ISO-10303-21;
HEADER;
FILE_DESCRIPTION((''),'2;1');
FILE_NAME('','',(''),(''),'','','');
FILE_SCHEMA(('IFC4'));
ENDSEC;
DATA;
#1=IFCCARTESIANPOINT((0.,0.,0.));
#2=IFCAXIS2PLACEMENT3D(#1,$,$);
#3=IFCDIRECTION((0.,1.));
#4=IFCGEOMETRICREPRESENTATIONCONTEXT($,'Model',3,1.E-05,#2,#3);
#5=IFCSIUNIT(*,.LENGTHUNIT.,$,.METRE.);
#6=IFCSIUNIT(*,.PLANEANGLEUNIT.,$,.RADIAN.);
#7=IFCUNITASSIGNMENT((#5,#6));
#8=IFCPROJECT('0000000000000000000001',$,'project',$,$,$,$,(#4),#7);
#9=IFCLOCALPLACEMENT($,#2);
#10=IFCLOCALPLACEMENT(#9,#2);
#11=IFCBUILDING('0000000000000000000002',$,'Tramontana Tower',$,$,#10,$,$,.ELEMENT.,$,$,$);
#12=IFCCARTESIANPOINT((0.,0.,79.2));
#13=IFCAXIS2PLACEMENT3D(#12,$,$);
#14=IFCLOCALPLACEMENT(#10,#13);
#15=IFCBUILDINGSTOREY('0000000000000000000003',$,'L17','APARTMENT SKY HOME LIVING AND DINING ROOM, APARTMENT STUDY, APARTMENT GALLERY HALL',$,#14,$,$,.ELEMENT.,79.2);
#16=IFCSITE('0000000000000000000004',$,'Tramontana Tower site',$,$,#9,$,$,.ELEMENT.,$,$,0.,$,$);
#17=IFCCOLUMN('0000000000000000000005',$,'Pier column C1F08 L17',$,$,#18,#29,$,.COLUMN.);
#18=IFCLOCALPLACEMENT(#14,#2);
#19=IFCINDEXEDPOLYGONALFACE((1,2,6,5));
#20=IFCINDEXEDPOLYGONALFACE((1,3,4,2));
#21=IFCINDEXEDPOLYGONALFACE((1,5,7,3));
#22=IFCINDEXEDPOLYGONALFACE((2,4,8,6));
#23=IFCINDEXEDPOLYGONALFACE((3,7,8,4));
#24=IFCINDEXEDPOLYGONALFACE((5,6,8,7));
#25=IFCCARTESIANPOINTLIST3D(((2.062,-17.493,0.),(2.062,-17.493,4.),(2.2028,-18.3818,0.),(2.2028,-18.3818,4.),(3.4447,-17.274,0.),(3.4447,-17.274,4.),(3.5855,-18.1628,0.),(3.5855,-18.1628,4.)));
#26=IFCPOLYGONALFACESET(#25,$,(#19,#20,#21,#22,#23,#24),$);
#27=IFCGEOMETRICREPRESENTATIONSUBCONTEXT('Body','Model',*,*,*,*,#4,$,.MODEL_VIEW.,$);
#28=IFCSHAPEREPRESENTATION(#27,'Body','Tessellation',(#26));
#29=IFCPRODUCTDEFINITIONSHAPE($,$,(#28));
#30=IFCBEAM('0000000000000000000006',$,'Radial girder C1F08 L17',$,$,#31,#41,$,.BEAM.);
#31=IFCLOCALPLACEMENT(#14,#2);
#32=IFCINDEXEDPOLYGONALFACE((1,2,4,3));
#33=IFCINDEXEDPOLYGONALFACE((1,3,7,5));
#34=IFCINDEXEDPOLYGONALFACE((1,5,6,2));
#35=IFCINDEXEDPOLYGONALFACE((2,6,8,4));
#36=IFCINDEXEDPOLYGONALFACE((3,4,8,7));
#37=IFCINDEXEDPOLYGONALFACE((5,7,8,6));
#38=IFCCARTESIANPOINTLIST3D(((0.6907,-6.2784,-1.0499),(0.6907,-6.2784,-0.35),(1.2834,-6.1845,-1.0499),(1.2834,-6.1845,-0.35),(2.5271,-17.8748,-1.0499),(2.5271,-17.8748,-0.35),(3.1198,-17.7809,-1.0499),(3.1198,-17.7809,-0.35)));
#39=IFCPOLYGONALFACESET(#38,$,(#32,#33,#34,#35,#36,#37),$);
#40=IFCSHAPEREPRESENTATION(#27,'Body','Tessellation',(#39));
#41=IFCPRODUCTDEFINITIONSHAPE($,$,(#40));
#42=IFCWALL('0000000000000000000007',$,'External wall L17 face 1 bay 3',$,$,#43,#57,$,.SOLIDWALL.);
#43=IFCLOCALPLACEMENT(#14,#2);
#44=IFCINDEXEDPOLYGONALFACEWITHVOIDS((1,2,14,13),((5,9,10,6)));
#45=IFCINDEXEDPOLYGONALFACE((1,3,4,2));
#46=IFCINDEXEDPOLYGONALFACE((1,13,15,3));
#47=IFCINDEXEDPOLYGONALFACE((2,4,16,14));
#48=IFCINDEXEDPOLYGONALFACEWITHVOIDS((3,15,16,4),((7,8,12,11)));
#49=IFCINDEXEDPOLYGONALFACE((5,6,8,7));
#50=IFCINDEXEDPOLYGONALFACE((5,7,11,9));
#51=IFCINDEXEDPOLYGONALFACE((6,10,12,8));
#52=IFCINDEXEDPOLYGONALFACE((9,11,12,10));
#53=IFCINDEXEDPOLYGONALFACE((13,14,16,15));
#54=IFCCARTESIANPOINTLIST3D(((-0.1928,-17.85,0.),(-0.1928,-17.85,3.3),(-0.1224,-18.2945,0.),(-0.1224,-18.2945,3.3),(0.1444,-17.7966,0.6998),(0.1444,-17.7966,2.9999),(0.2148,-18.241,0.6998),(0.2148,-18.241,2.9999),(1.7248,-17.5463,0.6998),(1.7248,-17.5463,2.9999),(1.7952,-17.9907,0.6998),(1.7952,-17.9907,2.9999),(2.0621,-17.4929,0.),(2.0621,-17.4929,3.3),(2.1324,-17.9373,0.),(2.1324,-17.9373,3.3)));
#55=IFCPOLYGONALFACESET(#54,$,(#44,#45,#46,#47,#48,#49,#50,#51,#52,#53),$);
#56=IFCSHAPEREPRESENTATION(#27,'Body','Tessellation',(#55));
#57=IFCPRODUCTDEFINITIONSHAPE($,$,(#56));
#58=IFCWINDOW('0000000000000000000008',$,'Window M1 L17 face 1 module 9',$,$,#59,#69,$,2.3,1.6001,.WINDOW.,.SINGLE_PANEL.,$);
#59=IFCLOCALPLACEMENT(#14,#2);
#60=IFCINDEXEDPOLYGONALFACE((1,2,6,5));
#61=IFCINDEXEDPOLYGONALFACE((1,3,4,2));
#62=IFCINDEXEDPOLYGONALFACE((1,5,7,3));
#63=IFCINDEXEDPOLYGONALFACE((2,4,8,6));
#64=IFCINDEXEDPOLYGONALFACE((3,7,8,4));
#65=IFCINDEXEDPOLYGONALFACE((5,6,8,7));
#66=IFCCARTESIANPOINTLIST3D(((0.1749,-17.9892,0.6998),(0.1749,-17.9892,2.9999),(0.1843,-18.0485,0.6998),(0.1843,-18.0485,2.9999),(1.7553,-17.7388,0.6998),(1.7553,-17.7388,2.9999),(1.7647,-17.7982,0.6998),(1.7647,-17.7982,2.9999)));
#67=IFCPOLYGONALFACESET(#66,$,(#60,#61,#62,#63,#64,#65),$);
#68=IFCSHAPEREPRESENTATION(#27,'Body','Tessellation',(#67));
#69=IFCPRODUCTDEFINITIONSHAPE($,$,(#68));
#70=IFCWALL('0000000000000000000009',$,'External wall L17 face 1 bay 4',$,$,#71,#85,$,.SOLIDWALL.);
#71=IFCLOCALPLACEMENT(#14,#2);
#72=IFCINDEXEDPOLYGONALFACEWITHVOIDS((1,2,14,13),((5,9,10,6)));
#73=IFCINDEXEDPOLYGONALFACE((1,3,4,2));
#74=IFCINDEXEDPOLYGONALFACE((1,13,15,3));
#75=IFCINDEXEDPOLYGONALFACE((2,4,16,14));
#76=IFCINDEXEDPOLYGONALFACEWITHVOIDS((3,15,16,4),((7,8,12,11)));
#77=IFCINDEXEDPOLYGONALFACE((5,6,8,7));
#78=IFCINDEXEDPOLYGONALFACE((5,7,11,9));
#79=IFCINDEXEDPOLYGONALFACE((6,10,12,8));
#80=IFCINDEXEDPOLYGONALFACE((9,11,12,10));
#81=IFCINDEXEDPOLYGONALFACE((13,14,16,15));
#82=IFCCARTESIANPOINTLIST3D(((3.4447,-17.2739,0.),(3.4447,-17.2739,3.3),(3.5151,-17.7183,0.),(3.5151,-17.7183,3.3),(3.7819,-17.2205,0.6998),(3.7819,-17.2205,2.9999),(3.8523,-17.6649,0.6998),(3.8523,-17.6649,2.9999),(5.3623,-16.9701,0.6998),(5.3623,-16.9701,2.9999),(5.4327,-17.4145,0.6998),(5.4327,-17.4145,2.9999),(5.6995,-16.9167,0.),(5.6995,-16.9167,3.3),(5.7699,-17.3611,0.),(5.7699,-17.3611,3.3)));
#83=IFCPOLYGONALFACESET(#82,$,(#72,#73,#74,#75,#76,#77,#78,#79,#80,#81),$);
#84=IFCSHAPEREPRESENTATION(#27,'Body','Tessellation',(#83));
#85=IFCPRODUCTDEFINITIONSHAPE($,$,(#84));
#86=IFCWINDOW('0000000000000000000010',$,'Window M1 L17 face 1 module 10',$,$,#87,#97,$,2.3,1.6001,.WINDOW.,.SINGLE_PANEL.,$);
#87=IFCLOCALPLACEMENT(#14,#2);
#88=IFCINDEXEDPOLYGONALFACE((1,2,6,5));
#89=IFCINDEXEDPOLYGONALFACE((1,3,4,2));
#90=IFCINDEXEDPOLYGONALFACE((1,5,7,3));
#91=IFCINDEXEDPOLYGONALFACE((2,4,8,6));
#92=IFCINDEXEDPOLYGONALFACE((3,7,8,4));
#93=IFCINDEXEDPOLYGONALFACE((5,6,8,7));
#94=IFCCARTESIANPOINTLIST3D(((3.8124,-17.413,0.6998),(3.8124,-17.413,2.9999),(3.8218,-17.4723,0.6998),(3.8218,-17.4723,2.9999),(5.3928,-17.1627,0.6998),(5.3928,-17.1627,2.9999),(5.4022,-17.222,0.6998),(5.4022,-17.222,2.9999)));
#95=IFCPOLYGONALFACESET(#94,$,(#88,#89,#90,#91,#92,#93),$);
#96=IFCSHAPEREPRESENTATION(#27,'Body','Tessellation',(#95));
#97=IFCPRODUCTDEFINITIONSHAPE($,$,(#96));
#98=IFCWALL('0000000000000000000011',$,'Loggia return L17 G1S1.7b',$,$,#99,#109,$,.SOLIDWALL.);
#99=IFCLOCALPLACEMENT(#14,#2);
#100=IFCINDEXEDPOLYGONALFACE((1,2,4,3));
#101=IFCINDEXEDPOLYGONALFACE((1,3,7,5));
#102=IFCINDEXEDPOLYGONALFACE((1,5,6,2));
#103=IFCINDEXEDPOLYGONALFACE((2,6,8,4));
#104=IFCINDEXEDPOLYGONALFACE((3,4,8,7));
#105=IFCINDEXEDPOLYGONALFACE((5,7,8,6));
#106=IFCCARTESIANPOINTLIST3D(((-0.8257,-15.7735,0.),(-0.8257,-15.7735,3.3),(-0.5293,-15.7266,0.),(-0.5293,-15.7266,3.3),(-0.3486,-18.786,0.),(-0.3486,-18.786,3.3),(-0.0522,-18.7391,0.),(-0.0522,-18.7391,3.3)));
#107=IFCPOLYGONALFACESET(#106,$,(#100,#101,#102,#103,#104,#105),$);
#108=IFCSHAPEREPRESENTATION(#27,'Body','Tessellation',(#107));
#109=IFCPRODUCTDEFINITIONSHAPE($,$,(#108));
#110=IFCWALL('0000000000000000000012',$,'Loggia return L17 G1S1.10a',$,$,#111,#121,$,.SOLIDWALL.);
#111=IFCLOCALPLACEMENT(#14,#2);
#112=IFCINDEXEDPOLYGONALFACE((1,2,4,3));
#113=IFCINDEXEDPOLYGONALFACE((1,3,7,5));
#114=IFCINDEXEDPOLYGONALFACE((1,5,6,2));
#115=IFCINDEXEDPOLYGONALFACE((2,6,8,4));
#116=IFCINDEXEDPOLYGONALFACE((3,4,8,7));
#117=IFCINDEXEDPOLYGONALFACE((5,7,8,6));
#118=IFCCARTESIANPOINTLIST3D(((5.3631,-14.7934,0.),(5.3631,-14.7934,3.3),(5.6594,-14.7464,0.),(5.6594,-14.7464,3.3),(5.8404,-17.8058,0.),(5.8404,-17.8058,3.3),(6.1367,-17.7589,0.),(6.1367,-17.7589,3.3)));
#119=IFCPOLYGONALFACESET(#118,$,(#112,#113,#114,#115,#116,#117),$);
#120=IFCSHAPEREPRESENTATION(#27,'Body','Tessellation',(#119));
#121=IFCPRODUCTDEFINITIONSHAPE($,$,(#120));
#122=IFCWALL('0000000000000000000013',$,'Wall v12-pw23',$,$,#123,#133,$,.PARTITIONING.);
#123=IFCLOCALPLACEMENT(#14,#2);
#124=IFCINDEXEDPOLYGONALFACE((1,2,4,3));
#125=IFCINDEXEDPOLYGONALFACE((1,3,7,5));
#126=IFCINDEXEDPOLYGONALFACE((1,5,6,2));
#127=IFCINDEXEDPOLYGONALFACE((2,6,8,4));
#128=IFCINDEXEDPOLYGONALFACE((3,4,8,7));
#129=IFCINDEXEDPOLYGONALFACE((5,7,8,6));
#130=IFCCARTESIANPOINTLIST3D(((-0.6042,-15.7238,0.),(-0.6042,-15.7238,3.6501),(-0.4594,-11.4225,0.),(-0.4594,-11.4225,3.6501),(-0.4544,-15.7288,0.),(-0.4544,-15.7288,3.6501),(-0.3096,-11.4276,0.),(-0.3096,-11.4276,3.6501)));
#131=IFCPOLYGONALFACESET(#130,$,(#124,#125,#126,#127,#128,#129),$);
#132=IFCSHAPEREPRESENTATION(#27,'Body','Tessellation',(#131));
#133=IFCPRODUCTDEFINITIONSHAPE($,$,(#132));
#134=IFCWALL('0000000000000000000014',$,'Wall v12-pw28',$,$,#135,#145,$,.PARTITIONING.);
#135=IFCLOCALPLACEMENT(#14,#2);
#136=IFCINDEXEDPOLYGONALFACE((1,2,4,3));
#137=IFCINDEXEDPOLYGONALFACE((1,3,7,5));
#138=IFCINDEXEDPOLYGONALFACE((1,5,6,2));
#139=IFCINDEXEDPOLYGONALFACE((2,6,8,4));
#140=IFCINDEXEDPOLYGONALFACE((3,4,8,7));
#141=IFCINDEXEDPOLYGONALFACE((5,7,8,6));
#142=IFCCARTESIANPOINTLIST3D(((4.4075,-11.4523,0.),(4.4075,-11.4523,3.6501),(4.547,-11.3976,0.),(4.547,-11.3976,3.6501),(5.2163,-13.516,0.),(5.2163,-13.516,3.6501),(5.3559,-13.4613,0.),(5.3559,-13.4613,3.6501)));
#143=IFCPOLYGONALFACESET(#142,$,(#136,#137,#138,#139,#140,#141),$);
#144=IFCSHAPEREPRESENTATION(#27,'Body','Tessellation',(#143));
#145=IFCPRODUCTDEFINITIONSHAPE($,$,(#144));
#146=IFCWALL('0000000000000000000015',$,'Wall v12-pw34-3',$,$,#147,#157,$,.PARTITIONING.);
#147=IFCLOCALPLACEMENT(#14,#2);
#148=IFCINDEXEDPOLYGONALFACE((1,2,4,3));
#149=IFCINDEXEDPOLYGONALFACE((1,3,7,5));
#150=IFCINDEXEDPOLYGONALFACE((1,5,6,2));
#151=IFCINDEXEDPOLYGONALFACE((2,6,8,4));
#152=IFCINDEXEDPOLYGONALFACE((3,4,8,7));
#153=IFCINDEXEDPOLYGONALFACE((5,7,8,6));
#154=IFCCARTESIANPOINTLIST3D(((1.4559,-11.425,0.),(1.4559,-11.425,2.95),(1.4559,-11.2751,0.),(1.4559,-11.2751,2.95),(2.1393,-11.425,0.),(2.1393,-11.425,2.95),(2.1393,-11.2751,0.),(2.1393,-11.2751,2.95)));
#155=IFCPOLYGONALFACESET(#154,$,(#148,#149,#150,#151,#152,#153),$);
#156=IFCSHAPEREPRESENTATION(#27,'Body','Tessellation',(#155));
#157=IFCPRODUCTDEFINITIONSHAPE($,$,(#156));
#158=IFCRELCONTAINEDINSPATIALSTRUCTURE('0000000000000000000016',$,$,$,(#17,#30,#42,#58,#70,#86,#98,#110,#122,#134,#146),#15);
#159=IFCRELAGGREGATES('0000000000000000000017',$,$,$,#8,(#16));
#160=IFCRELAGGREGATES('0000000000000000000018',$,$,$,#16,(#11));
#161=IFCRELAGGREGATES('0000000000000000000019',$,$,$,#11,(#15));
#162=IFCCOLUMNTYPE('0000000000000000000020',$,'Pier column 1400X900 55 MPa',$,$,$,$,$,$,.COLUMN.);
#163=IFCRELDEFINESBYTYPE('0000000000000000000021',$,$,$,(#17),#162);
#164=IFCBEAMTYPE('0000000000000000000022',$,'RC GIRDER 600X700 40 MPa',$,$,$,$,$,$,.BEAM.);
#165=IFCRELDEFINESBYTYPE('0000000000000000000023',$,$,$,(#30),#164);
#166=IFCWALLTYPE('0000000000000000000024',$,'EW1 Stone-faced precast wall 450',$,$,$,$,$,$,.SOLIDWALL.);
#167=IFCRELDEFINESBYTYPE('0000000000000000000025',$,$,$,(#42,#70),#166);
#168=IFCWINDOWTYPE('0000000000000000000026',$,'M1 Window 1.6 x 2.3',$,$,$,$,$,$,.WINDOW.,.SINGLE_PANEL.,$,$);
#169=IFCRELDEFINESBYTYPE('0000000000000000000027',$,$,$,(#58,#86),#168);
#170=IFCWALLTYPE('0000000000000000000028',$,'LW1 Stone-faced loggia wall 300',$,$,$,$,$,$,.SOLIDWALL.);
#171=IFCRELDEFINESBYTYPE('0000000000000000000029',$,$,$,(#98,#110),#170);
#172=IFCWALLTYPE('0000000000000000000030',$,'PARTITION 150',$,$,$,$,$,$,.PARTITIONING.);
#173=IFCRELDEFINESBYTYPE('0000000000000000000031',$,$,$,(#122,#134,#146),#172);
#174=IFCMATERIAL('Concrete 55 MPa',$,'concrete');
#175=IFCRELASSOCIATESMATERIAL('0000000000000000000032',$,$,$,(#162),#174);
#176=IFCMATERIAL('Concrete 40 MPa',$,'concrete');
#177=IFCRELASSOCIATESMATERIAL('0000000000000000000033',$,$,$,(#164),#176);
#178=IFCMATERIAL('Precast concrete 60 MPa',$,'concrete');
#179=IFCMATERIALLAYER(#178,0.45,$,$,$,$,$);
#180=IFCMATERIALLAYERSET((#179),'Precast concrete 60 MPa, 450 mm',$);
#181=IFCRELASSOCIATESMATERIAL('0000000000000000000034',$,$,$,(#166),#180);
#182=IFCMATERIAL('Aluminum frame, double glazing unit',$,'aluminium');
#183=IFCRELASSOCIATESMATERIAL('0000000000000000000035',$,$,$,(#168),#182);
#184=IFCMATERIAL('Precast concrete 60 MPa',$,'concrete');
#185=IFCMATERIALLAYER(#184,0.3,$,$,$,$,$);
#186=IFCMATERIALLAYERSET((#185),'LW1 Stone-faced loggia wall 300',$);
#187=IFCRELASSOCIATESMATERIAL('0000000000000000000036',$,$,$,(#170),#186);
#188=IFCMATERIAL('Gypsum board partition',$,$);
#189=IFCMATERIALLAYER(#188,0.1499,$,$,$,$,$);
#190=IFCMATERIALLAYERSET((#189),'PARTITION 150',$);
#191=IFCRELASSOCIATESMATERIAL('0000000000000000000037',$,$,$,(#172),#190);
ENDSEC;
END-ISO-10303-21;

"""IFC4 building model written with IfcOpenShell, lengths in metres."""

from ifc_helpers import new_model, si_unit, direction, frame, frame_2d, origin, origin_2d, place, context, subcontext, project, spatial, rectangle, extrude, material, layer, layer_set, material_profile, profile_set, type_object, element, fill, save


model = new_model("IFC4")

# Units and contexts
model_context = context("Model", 3, precision=1e-05, world=origin(), true_north=direction((0.0, 1.0)))
body_context = subcontext(model_context, "Body", "Model", "MODEL_VIEW")
ifc_project = project(units=[si_unit("LENGTHUNIT", "METRE"), si_unit("PLANEANGLEUNIT", "RADIAN")], contexts=[model_context])

# Site, building, storey
site_placement = place(None, origin())
site = spatial("IfcSite", under=ifc_project, at=site_placement, Name="Tramontana Tower site", CompositionType="ELEMENT", RefElevation=0.0)
building_placement = place(site_placement, origin())
building = spatial("IfcBuilding", under=site, at=building_placement, Name="Tramontana Tower", CompositionType="ELEMENT")
storey_placement = place(building_placement, frame((0.0, 0.0, 79.2)))
storey = spatial("IfcBuildingStorey", under=building, at=storey_placement, Name="L17", Description="APARTMENT SKY HOME LIVING AND DINING ROOM, APARTMENT STUDY, APARTMENT GALLERY HALL", CompositionType="ELEMENT", Elevation=79.2)

# Column
ifc_material_1 = material(Name="Concrete 55 MPa", Category="concrete")
ifc_material_profile_1 = material_profile(ifc_material_1, rectangle(XDim=1.3999, YDim=0.8999, at=origin_2d()), Name="Pier column 1400X900 55 MPa")
ifc_profile_set_1 = profile_set([ifc_material_profile_1], Name="Concrete 55 MPa")
column_type = type_object("IfcColumnType", Name="Pier column 1400X900 55 MPa", PredefinedType="COLUMN", material=ifc_profile_set_1)
column_placement = place(storey_placement, frame((2.8237, -17.8279, 0.0), z_axis=(0.0, 0.0, 1.0), x_axis=(0.987688, 0.156434, 0.0)))
element("IfcColumn", 1, at=column_placement, inside=storey, type_object=column_type, Name="Pier column C1F08 L17", PredefinedType="COLUMN", context=body_context, shape_type="SweptSolid", body=[
    extrude(rectangle(XDim=1.3999, YDim=0.8999, at=origin_2d()), origin(), (0.0, 0.0, 1.0), 4.0),
])

# Beam
ifc_material_2 = material(Name="Concrete 40 MPa", Category="concrete")
ifc_material_profile_2 = material_profile(ifc_material_2, rectangle(XDim=0.6001, YDim=0.7, at=origin_2d()), Name="RC GIRDER 600X700 40 MPa")
ifc_profile_set_2 = profile_set([ifc_material_profile_2], Name="Concrete 40 MPa")
beam_type = type_object("IfcBeamType", Name="RC GIRDER 600X700 40 MPa", PredefinedType="BEAM", material=ifc_profile_set_2)
beam_placement = place(storey_placement, frame((2.8235, -17.8279, -0.7), z_axis=(-0.156412, 0.987692, 0.0), x_axis=(-0.987692, -0.156412, 0.0)))
element("IfcBeam", 2, at=beam_placement, inside=storey, type_object=beam_type, Name="Radial girder C1F08 L17", PredefinedType="BEAM", context=body_context, shape_type="SweptSolid", body=[
    extrude(rectangle(XDim=0.6001, YDim=0.7, at=origin_2d()), origin(), (0.0, 0.0, 1.0), 11.741),
])

# Walls, openings, windows
ifc_material_3 = material(Name="Precast concrete 60 MPa", Category="concrete")
ifc_layer_1 = layer(ifc_material_3, 0.45)
ifc_layer_set_1 = layer_set([ifc_layer_1], Name="Precast concrete 60 MPa, 450 mm")
wall_type_1 = type_object("IfcWallType", Name="EW1 Stone-faced precast wall 450", PredefinedType="SOLIDWALL", material=ifc_layer_set_1)
wall_1_placement = place(storey_placement, frame((-0.1577, -18.0723, 0.0), z_axis=(0.0, 0.0, 1.0), x_axis=(0.987686, 0.156451, 0.0)))
wall_1 = element("IfcWall", 3, at=wall_1_placement, inside=storey, type_object=wall_type_1, Name="External wall L17 face 1 bay 3", PredefinedType="SOLIDWALL", context=body_context, shape_type="SweptSolid", body=[
    extrude(rectangle(XDim=2.283, YDim=0.45, at=frame_2d((1.1416, 0.0))), origin(), (0.0, 0.0, 1.0), 3.3),
])
opening_1_placement = place(wall_1_placement, frame((0.3416, 0.0, 0.7)))
opening_1 = element("IfcOpeningElement", 4, at=opening_1_placement, cuts=wall_1, PredefinedType="OPENING", context=body_context, shape_type="SweptSolid", body=[
    extrude(rectangle(XDim=1.6001, YDim=2.3, at=frame_2d((0.8, 1.1499))), frame((0.0, 0.2349, 0.0), z_axis=(0.0, -1.0, 0.0), x_axis=(1.0, 0.0, 0.0)), (0.0, 0.0, 1.0), 0.47),
])
ifc_material_4 = material(Name="Aluminum frame, double glazing unit", Category="aluminium")
window_type = type_object("IfcWindowType", Name="M1 Window 1.6 x 2.3", PartitioningType="SINGLE_PANEL", PredefinedType="WINDOW", material=ifc_material_4)
window_1_placement = place(opening_1_placement, origin())
window_1 = element("IfcWindow", 5, at=window_1_placement, inside=storey, type_object=window_type, Name="Window M1 L17 face 1 module 9", OverallHeight=2.3, OverallWidth=1.6001, PartitioningType="SINGLE_PANEL", PredefinedType="WINDOW", context=body_context, shape_type="SweptSolid", body=[
    extrude(rectangle(XDim=1.6001, YDim=2.3, at=frame_2d((0.8, 1.1499))), frame((0.0, 0.03, 0.0), z_axis=(0.0, -1.0, 0.0), x_axis=(1.0, 0.0, 0.0)), (0.0, 0.0, 1.0), 0.0601),
])
fill(opening_1, window_1)
wall_2_placement = place(storey_placement, frame((3.4797, -17.4961, 0.0), z_axis=(0.0, 0.0, 1.0), x_axis=(0.987686, 0.156451, 0.0)))
wall_2 = element("IfcWall", 6, at=wall_2_placement, inside=storey, type_object=wall_type_1, Name="External wall L17 face 1 bay 4", PredefinedType="SOLIDWALL", context=body_context, shape_type="SweptSolid", body=[
    extrude(rectangle(XDim=2.283, YDim=0.45, at=frame_2d((1.1416, 0.0))), origin(), (0.0, 0.0, 1.0), 3.3),
])
opening_2_placement = place(wall_2_placement, frame((0.3416, 0.0, 0.7)))
opening_2 = element("IfcOpeningElement", 7, at=opening_2_placement, cuts=wall_2, PredefinedType="OPENING", context=body_context, shape_type="SweptSolid", body=[
    extrude(rectangle(XDim=1.6001, YDim=2.3, at=frame_2d((0.8, 1.1499))), frame((0.0, 0.2349, 0.0), z_axis=(0.0, -1.0, 0.0), x_axis=(1.0, 0.0, 0.0)), (0.0, 0.0, 1.0), 0.47),
])
window_2_placement = place(opening_2_placement, origin())
window_2 = element("IfcWindow", 8, at=window_2_placement, inside=storey, type_object=window_type, Name="Window M1 L17 face 1 module 10", OverallHeight=2.3, OverallWidth=1.6001, PartitioningType="SINGLE_PANEL", PredefinedType="WINDOW", context=body_context, shape_type="SweptSolid", body=[
    extrude(rectangle(XDim=1.6001, YDim=2.3, at=frame_2d((0.8, 1.1499))), frame((0.0, 0.03, 0.0), z_axis=(0.0, -1.0, 0.0), x_axis=(1.0, 0.0, 0.0)), (0.0, 0.0, 1.0), 0.0601),
])
fill(opening_2, window_2)

# Wall
ifc_material_5 = material(Name="Precast concrete 60 MPa", Category="concrete")
ifc_layer_2 = layer(ifc_material_5, 0.3)
ifc_layer_set_2 = layer_set([ifc_layer_2], Name="LW1 Stone-faced loggia wall 300")
wall_type_2 = type_object("IfcWallType", Name="LW1 Stone-faced loggia wall 300", PredefinedType="SOLIDWALL", material=ifc_layer_set_2)
wall_3_placement = place(storey_placement, frame((-0.2004, -18.7625, 0.0), z_axis=(0.0, 0.0, 1.0), x_axis=(-0.156411, 0.987692, 0.0)))
element("IfcWall", 9, at=wall_3_placement, inside=storey, type_object=wall_type_2, Name="Loggia return L17 G1S1.7b", PredefinedType="SOLIDWALL", context=body_context, shape_type="SweptSolid", body=[
    extrude(rectangle(XDim=3.05, YDim=0.3, at=frame_2d((1.5249, 0.0))), origin(), (0.0, 0.0, 1.0), 3.3),
])

# Walls
wall_4_placement = place(storey_placement, frame((5.9885, -17.7822, 0.0), z_axis=(0.0, 0.0, 1.0), x_axis=(-0.156489, 0.98768, 0.0)))
element("IfcWall", 10, at=wall_4_placement, inside=storey, type_object=wall_type_2, Name="Loggia return L17 G1S1.10a", PredefinedType="SOLIDWALL", context=body_context, shape_type="SweptSolid", body=[
    extrude(rectangle(XDim=3.05, YDim=0.3, at=frame_2d((1.5249, 0.0))), origin(), (0.0, 0.0, 1.0), 3.3),
])
ifc_material_6 = material(Name="Gypsum board partition")
ifc_layer_3 = layer(ifc_material_6, 0.1499)
ifc_layer_set_3 = layer_set([ifc_layer_3], Name="PARTITION 150")
wall_type_3 = type_object("IfcWallType", Name="PARTITION 150", PredefinedType="PARTITIONING", material=ifc_layer_set_3)
wall_5_placement = place(storey_placement, frame((-0.3845, -11.425, 0.0), z_axis=(0.0, 0.0, 1.0), x_axis=(-0.03364, -0.999434, 0.0)))
element("IfcWall", 11, at=wall_5_placement, inside=storey, type_object=wall_type_3, Name="Wall v12-pw23", PredefinedType="PARTITIONING", context=body_context, shape_type="SweptSolid", body=[
    extrude(rectangle(XDim=4.3037, YDim=0.1499, at=frame_2d((2.1519, 0.0))), origin(), (0.0, 0.0, 1.0), 3.6501),
])
wall_6_placement = place(storey_placement, frame((5.2861, -13.4888, 0.0), z_axis=(0.0, 0.0, 1.0), x_axis=(-0.364906, 0.931044, 0.0)))
element("IfcWall", 12, at=wall_6_placement, inside=storey, type_object=wall_type_3, Name="Wall v12-pw28", PredefinedType="PARTITIONING", context=body_context, shape_type="SweptSolid", body=[
    extrude(rectangle(XDim=2.2166, YDim=0.1499, at=frame_2d((1.1084, 0.0))), origin(), (0.0, 0.0, 1.0), 3.6501),
])

# Wall
wall_7_placement = place(storey_placement, frame((2.1394, -11.3501, 0.0), z_axis=(0.0, 0.0, 1.0), x_axis=(-1.0, 0.0, 0.0)))
element("IfcWall", 13, at=wall_7_placement, inside=storey, type_object=wall_type_3, Name="Wall v12-pw34-3", PredefinedType="PARTITIONING", context=body_context, shape_type="SweptSolid", body=[
    extrude(rectangle(XDim=0.6833, YDim=0.1499, at=frame_2d((0.3418, 0.0))), origin(), (0.0, 0.0, 1.0), 2.95),
])

save(model, "model.ifc")
